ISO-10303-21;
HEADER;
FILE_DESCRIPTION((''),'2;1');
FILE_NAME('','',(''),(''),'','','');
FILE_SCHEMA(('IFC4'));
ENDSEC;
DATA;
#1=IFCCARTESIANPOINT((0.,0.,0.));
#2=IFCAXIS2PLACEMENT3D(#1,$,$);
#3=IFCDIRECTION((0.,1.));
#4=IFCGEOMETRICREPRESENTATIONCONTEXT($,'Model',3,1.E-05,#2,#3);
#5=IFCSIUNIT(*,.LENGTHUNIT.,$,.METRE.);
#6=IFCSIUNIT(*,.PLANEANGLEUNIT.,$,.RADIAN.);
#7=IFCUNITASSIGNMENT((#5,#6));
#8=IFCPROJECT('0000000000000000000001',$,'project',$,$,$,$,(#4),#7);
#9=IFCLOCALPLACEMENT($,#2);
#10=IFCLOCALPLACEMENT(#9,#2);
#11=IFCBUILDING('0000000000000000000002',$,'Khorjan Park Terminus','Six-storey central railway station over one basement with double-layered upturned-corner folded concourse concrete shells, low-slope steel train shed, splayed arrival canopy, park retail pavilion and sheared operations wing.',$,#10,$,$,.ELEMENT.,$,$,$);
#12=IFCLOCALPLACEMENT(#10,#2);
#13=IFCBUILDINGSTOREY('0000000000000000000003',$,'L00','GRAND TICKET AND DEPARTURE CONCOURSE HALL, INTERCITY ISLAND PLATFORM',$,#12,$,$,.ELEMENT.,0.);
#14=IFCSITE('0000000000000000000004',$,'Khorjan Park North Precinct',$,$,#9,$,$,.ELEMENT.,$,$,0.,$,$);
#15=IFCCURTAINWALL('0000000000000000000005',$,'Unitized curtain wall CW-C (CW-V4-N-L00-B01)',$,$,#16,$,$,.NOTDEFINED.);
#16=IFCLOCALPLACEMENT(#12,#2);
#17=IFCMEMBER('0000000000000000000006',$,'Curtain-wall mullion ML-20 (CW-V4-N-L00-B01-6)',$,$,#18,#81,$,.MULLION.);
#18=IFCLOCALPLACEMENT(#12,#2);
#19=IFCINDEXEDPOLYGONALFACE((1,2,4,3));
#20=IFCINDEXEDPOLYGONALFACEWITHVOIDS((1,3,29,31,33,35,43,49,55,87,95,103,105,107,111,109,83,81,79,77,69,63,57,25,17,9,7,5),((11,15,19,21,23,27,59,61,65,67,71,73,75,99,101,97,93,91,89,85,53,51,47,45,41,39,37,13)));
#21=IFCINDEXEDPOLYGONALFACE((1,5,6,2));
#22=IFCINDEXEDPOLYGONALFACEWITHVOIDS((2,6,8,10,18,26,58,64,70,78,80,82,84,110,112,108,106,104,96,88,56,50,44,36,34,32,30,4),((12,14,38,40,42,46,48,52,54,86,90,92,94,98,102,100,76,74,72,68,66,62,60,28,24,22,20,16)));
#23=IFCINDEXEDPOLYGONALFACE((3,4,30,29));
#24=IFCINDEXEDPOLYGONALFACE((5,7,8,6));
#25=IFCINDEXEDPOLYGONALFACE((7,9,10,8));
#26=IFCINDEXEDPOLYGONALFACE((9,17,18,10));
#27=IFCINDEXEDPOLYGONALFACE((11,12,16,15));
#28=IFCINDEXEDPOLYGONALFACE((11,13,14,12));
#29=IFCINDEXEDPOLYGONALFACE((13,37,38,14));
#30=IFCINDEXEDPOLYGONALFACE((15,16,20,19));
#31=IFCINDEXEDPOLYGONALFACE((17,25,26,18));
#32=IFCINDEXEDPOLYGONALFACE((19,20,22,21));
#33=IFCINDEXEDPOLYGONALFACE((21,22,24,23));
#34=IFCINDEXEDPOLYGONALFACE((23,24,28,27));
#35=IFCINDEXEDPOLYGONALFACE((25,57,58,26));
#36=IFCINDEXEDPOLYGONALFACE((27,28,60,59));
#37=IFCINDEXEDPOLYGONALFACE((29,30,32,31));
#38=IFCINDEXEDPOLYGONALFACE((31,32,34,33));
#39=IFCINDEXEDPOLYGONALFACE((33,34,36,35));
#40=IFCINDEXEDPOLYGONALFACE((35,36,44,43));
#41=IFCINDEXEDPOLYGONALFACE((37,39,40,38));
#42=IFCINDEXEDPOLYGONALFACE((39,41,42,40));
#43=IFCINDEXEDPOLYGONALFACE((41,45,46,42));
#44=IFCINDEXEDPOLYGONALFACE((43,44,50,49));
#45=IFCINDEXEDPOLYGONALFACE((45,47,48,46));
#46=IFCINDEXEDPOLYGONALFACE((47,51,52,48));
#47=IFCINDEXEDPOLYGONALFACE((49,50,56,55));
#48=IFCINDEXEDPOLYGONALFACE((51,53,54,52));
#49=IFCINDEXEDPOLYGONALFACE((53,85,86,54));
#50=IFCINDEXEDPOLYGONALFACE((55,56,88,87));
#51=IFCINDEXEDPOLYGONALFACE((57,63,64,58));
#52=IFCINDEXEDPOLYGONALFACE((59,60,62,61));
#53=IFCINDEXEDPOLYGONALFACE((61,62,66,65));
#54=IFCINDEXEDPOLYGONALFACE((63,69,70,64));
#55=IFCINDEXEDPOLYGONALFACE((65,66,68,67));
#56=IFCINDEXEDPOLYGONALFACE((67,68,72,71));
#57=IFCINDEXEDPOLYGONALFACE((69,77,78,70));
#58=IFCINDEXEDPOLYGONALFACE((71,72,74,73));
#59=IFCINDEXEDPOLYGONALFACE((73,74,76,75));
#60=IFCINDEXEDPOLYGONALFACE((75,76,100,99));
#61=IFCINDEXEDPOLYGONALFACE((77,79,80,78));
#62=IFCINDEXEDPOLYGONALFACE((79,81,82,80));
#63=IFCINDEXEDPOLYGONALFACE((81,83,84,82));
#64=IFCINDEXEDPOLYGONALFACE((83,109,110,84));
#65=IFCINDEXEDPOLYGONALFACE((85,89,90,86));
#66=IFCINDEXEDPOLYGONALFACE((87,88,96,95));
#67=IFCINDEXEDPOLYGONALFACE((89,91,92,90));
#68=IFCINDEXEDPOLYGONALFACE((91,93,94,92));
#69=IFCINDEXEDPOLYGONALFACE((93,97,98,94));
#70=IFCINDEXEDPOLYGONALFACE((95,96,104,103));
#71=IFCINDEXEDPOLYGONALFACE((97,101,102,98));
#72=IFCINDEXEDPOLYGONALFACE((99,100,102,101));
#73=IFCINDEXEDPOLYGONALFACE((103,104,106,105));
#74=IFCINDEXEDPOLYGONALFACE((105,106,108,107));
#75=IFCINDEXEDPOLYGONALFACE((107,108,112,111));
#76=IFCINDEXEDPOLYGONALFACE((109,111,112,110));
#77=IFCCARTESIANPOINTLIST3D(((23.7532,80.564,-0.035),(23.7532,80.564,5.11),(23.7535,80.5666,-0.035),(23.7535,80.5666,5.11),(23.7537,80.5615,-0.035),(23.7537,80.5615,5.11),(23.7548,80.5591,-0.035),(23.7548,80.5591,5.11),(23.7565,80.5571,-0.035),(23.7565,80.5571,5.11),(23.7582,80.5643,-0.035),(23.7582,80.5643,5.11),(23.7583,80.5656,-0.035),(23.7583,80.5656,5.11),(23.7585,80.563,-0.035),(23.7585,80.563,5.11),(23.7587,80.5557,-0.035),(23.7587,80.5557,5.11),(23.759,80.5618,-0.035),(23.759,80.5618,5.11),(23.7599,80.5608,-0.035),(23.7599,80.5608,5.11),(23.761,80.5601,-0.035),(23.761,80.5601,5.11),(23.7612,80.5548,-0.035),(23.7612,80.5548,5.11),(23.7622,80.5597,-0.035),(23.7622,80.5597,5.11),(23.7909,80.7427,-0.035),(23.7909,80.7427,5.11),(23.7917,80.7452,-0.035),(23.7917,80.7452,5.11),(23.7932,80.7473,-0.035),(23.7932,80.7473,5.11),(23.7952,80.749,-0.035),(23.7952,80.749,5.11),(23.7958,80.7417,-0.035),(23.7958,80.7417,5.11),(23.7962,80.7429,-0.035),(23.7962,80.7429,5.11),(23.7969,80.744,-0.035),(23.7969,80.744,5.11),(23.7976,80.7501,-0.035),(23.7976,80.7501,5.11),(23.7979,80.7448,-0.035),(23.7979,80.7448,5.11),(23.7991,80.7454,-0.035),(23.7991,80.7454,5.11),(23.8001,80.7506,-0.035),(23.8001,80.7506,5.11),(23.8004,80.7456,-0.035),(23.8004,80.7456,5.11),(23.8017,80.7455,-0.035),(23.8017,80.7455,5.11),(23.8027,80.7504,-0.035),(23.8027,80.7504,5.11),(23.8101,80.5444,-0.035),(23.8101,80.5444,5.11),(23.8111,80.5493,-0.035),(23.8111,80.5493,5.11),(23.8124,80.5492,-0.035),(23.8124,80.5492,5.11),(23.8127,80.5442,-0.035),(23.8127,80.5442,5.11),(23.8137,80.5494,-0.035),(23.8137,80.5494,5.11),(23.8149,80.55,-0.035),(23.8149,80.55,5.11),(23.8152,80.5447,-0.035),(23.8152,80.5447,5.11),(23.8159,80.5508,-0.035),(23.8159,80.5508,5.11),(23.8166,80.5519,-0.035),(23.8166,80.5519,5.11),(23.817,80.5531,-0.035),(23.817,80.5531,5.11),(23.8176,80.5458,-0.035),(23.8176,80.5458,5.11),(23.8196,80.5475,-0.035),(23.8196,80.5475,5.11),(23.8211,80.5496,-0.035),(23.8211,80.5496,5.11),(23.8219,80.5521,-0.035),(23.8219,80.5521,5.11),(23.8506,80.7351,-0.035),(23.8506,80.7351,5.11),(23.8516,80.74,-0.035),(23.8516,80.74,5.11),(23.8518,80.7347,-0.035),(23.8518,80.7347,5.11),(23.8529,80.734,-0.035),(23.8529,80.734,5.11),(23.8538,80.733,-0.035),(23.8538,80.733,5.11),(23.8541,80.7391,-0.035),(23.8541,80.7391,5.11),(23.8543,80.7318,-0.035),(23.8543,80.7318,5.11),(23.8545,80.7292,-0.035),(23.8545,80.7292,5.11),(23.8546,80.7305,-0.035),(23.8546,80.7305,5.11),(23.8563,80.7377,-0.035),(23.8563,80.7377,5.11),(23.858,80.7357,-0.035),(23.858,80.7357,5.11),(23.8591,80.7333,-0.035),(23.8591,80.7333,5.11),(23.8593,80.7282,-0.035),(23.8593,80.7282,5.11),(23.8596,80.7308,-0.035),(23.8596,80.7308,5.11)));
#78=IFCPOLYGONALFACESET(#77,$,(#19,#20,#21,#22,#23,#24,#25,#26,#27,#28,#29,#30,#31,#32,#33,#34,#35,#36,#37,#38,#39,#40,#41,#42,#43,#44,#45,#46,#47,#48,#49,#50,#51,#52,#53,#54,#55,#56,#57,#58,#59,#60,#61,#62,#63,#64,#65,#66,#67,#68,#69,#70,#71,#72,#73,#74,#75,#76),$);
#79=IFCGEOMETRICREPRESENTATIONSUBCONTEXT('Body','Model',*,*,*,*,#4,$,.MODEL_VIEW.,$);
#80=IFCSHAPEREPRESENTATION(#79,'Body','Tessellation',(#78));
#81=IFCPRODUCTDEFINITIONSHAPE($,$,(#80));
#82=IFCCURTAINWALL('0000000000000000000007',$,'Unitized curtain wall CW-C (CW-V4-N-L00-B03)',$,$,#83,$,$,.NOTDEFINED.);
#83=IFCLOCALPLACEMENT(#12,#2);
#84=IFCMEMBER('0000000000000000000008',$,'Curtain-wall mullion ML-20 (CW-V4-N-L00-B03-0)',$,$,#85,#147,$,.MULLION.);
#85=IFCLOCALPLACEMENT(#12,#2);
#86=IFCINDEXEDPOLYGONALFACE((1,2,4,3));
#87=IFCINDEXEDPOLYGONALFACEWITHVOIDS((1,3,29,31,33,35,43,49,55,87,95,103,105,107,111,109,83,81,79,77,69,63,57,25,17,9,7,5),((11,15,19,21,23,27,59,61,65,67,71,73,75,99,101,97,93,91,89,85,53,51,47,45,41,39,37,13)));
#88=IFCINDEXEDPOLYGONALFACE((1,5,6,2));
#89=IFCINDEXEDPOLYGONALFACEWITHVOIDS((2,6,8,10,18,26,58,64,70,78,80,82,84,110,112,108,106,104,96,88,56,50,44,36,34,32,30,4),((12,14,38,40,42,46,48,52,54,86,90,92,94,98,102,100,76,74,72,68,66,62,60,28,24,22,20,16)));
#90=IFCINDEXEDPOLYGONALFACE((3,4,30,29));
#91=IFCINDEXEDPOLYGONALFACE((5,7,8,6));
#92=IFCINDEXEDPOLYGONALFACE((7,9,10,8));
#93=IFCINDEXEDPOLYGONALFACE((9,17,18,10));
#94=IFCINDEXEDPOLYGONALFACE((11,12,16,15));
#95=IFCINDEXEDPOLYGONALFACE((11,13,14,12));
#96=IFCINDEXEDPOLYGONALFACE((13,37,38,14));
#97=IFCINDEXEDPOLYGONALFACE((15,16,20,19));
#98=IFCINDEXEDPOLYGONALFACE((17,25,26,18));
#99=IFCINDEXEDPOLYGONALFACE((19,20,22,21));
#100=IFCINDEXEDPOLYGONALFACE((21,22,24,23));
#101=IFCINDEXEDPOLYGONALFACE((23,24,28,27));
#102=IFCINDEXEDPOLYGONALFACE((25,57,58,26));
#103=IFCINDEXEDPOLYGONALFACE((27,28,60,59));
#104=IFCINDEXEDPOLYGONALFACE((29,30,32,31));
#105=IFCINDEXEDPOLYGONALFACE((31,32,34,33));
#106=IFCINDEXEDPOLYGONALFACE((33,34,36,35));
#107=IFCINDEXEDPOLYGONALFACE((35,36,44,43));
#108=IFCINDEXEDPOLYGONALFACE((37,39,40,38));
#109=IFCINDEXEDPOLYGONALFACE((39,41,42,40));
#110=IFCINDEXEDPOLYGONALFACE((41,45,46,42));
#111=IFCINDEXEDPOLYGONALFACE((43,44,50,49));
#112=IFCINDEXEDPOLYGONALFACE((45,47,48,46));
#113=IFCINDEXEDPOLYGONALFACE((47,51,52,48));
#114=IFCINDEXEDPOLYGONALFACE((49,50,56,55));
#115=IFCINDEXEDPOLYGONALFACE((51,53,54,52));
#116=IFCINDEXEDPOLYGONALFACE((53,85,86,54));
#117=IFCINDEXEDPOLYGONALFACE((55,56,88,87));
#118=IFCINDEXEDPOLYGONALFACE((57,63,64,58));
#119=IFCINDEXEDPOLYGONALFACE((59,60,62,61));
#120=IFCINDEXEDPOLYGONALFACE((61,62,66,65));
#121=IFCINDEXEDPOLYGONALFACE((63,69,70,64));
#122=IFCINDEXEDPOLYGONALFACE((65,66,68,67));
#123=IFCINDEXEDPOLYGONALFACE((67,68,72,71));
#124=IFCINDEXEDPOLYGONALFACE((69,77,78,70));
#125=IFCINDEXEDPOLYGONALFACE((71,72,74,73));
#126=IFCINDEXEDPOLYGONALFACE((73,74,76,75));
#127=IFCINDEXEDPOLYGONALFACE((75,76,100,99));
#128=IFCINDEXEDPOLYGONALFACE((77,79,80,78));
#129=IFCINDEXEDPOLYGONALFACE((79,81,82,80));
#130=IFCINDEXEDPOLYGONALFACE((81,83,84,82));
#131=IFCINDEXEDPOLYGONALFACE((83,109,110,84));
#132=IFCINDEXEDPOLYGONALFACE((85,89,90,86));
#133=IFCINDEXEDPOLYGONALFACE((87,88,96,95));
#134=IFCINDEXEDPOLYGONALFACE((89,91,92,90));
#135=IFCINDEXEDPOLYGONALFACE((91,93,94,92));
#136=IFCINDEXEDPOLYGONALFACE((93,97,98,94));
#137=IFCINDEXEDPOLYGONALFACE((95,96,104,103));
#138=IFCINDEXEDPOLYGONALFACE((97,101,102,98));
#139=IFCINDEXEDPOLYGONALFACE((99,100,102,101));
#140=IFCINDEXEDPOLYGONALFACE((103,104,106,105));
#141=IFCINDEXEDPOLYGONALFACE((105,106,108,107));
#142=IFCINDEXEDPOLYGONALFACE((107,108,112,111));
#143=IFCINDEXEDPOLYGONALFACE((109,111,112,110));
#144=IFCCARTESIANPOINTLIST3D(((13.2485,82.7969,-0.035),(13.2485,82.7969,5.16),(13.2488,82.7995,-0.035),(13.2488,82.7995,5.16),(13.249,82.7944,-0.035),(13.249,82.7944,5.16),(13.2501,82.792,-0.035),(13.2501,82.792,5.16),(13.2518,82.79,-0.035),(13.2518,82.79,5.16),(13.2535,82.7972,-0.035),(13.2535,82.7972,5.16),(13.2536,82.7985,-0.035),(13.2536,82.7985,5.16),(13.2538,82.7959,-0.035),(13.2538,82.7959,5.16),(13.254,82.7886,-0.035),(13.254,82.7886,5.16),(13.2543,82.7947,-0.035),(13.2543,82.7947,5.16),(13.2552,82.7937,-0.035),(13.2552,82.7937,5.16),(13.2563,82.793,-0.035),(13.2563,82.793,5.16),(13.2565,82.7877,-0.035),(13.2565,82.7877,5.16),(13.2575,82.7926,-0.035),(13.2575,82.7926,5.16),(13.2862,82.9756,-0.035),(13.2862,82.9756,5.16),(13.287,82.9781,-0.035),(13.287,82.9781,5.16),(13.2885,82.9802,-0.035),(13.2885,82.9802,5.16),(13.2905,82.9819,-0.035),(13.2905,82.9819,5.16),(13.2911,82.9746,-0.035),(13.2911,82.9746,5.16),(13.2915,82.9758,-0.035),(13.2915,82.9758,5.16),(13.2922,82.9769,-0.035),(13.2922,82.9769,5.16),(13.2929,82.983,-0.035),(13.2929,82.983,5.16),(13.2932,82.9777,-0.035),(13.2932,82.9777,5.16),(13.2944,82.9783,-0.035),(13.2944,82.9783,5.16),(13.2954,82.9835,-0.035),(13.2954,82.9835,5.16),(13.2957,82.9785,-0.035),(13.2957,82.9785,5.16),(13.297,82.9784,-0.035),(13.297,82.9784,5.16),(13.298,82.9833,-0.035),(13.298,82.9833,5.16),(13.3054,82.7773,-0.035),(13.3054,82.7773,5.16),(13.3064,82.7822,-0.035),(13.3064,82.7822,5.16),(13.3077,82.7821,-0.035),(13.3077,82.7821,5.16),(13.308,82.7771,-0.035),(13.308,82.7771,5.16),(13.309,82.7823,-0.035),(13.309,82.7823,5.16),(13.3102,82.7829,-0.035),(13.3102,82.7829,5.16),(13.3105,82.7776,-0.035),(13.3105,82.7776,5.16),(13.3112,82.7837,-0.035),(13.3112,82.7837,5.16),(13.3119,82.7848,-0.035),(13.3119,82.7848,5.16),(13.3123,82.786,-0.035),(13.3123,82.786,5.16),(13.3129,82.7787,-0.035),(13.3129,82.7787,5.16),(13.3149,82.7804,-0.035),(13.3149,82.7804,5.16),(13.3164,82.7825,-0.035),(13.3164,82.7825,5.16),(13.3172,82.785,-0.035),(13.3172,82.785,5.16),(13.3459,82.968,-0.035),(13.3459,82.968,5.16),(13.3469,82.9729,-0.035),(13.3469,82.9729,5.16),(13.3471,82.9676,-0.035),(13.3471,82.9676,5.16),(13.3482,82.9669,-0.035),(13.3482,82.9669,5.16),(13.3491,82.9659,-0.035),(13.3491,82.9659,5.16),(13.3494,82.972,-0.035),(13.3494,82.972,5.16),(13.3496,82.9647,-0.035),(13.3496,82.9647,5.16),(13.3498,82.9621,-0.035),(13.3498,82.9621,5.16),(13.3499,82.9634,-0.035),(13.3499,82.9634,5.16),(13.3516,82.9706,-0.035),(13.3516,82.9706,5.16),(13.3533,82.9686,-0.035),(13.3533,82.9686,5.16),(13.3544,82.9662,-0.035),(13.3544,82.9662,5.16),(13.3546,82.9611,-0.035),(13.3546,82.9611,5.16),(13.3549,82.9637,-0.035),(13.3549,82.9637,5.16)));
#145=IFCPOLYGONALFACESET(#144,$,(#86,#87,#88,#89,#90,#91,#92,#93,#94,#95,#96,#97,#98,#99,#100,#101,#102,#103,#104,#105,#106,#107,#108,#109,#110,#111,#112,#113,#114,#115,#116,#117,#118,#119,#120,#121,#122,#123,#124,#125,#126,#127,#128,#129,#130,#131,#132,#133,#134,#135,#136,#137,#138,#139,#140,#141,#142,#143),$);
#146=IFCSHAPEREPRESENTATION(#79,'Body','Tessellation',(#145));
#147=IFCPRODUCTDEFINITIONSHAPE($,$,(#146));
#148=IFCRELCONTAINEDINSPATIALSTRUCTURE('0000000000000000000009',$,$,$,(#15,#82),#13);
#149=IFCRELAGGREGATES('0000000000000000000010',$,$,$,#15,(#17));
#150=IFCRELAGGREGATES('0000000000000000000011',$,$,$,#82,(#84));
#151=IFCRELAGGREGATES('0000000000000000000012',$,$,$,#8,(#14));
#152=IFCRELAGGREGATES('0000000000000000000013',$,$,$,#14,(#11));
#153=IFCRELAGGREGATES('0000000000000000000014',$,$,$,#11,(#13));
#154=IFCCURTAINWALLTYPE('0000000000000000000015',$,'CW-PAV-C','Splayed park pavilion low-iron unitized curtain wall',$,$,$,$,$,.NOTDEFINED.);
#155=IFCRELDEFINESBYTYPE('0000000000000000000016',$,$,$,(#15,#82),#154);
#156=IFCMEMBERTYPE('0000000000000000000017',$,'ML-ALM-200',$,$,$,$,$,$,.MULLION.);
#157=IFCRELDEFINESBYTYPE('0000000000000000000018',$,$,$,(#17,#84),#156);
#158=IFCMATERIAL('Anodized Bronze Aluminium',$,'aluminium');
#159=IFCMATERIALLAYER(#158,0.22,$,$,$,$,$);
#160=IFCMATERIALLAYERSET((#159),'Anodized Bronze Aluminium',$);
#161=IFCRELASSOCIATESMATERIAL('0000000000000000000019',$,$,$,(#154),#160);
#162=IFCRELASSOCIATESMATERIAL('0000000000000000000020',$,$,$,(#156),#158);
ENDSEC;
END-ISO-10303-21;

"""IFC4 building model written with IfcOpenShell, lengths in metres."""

from ifc_helpers import new_model, si_unit, direction, frame, origin, origin_2d, place, context, subcontext, project, spatial, hollow_rectangle, extrude, material, layer, layer_set, material_profile, profile_set, type_object, element, aggregate, save


model = new_model("IFC4")

# Units and contexts
model_context = context("Model", 3, precision=1e-05, world=origin(), true_north=direction((0.0, 1.0)))
body_context = subcontext(model_context, "Body", "Model", "MODEL_VIEW")
ifc_project = project(units=[si_unit("LENGTHUNIT", "METRE"), si_unit("PLANEANGLEUNIT", "RADIAN")], contexts=[model_context])

# Site, building, storey
site_placement = place(None, origin())
site = spatial("IfcSite", under=ifc_project, at=site_placement, Name="Khorjan Park North Precinct", CompositionType="ELEMENT", RefElevation=0.0)
building_placement = place(site_placement, origin())
building = spatial("IfcBuilding", under=site, at=building_placement, Name="Khorjan Park Terminus", Description="Six-storey central railway station over one basement with double-layered upturned-corner folded concourse concrete shells, low-slope steel train shed, splayed arrival canopy, park retail pavilion and sheared operations wing.", CompositionType="ELEMENT")
storey_placement = place(building_placement, origin())
storey = spatial("IfcBuildingStorey", under=building, at=storey_placement, Name="L00", Description="GRAND TICKET AND DEPARTURE CONCOURSE HALL, INTERCITY ISLAND PLATFORM", CompositionType="ELEMENT", Elevation=0.0)

# Curtain wall, member
ifc_material_1 = material(Name="Anodized Bronze Aluminium", Category="aluminium")
ifc_layer_1 = layer(ifc_material_1, 0.22)
ifc_layer_set_1 = layer_set([ifc_layer_1], Name="Anodized Bronze Aluminium")
curtain_wall_type = type_object("IfcCurtainWallType", Name="CW-PAV-C", Description="Splayed park pavilion low-iron unitized curtain wall", PredefinedType="NOTDEFINED", material=ifc_layer_set_1)
curtain_wall_1_placement = place(storey_placement, origin())
curtain_wall_1 = element("IfcCurtainWall", 1, at=curtain_wall_1_placement, inside=storey, type_object=curtain_wall_type, Name="Unitized curtain wall CW-C (CW-V4-N-L00-B01)", PredefinedType="NOTDEFINED")
ifc_material_profile_1 = material_profile(ifc_material_1, hollow_rectangle(XDim=0.07, YDim=0.2, WallThickness=0.005, InnerFilletRadius=0.005, OuterFilletRadius=0.01, at=origin_2d()), Name="ALM 70x200x5")
ifc_profile_set_1 = profile_set([ifc_material_profile_1], Name="Anodized Bronze Aluminium")
member_type_1 = type_object("IfcMemberType", Name="ML-ALM-200", PredefinedType="MULLION", material=ifc_profile_set_1)
member_1_placement = place(storey_placement, frame((23.8064, 80.6474, -0.035), z_axis=(0.0, 0.0, 1.0), x_axis=(-0.97815, 0.207903, 0.0)))
member_1 = element("IfcMember", 2, at=member_1_placement, type_object=member_type_1, Name="Curtain-wall mullion ML-20 (CW-V4-N-L00-B01-6)", PredefinedType="MULLION", context=body_context, shape_type="SweptSolid", body=[
    extrude(hollow_rectangle(XDim=0.07, YDim=0.2, WallThickness=0.005, InnerFilletRadius=0.005, OuterFilletRadius=0.01, at=origin_2d()), origin(), (0.0, 0.0, 1.0), 5.145),
])
aggregate(curtain_wall_1, [member_1])

# Curtain wall, member
curtain_wall_2_placement = place(storey_placement, origin())
curtain_wall_2 = element("IfcCurtainWall", 3, at=curtain_wall_2_placement, inside=storey, type_object=curtain_wall_type, Name="Unitized curtain wall CW-C (CW-V4-N-L00-B03)", PredefinedType="NOTDEFINED")
member_2_placement = place(storey_placement, frame((13.3017, 82.8803, -0.035), z_axis=(0.0, 0.0, 1.0), x_axis=(-0.978147, 0.207914, 0.0)))
member_2 = element("IfcMember", 4, at=member_2_placement, type_object=member_type_1, Name="Curtain-wall mullion ML-20 (CW-V4-N-L00-B03-0)", PredefinedType="MULLION", context=body_context, shape_type="SweptSolid", body=[
    extrude(hollow_rectangle(XDim=0.07, YDim=0.2, WallThickness=0.005, InnerFilletRadius=0.005, OuterFilletRadius=0.01, at=origin_2d()), origin(), (0.0, 0.0, 1.0), 5.195),
])
aggregate(curtain_wall_2, [member_2])

save(model, "model.ifc")
